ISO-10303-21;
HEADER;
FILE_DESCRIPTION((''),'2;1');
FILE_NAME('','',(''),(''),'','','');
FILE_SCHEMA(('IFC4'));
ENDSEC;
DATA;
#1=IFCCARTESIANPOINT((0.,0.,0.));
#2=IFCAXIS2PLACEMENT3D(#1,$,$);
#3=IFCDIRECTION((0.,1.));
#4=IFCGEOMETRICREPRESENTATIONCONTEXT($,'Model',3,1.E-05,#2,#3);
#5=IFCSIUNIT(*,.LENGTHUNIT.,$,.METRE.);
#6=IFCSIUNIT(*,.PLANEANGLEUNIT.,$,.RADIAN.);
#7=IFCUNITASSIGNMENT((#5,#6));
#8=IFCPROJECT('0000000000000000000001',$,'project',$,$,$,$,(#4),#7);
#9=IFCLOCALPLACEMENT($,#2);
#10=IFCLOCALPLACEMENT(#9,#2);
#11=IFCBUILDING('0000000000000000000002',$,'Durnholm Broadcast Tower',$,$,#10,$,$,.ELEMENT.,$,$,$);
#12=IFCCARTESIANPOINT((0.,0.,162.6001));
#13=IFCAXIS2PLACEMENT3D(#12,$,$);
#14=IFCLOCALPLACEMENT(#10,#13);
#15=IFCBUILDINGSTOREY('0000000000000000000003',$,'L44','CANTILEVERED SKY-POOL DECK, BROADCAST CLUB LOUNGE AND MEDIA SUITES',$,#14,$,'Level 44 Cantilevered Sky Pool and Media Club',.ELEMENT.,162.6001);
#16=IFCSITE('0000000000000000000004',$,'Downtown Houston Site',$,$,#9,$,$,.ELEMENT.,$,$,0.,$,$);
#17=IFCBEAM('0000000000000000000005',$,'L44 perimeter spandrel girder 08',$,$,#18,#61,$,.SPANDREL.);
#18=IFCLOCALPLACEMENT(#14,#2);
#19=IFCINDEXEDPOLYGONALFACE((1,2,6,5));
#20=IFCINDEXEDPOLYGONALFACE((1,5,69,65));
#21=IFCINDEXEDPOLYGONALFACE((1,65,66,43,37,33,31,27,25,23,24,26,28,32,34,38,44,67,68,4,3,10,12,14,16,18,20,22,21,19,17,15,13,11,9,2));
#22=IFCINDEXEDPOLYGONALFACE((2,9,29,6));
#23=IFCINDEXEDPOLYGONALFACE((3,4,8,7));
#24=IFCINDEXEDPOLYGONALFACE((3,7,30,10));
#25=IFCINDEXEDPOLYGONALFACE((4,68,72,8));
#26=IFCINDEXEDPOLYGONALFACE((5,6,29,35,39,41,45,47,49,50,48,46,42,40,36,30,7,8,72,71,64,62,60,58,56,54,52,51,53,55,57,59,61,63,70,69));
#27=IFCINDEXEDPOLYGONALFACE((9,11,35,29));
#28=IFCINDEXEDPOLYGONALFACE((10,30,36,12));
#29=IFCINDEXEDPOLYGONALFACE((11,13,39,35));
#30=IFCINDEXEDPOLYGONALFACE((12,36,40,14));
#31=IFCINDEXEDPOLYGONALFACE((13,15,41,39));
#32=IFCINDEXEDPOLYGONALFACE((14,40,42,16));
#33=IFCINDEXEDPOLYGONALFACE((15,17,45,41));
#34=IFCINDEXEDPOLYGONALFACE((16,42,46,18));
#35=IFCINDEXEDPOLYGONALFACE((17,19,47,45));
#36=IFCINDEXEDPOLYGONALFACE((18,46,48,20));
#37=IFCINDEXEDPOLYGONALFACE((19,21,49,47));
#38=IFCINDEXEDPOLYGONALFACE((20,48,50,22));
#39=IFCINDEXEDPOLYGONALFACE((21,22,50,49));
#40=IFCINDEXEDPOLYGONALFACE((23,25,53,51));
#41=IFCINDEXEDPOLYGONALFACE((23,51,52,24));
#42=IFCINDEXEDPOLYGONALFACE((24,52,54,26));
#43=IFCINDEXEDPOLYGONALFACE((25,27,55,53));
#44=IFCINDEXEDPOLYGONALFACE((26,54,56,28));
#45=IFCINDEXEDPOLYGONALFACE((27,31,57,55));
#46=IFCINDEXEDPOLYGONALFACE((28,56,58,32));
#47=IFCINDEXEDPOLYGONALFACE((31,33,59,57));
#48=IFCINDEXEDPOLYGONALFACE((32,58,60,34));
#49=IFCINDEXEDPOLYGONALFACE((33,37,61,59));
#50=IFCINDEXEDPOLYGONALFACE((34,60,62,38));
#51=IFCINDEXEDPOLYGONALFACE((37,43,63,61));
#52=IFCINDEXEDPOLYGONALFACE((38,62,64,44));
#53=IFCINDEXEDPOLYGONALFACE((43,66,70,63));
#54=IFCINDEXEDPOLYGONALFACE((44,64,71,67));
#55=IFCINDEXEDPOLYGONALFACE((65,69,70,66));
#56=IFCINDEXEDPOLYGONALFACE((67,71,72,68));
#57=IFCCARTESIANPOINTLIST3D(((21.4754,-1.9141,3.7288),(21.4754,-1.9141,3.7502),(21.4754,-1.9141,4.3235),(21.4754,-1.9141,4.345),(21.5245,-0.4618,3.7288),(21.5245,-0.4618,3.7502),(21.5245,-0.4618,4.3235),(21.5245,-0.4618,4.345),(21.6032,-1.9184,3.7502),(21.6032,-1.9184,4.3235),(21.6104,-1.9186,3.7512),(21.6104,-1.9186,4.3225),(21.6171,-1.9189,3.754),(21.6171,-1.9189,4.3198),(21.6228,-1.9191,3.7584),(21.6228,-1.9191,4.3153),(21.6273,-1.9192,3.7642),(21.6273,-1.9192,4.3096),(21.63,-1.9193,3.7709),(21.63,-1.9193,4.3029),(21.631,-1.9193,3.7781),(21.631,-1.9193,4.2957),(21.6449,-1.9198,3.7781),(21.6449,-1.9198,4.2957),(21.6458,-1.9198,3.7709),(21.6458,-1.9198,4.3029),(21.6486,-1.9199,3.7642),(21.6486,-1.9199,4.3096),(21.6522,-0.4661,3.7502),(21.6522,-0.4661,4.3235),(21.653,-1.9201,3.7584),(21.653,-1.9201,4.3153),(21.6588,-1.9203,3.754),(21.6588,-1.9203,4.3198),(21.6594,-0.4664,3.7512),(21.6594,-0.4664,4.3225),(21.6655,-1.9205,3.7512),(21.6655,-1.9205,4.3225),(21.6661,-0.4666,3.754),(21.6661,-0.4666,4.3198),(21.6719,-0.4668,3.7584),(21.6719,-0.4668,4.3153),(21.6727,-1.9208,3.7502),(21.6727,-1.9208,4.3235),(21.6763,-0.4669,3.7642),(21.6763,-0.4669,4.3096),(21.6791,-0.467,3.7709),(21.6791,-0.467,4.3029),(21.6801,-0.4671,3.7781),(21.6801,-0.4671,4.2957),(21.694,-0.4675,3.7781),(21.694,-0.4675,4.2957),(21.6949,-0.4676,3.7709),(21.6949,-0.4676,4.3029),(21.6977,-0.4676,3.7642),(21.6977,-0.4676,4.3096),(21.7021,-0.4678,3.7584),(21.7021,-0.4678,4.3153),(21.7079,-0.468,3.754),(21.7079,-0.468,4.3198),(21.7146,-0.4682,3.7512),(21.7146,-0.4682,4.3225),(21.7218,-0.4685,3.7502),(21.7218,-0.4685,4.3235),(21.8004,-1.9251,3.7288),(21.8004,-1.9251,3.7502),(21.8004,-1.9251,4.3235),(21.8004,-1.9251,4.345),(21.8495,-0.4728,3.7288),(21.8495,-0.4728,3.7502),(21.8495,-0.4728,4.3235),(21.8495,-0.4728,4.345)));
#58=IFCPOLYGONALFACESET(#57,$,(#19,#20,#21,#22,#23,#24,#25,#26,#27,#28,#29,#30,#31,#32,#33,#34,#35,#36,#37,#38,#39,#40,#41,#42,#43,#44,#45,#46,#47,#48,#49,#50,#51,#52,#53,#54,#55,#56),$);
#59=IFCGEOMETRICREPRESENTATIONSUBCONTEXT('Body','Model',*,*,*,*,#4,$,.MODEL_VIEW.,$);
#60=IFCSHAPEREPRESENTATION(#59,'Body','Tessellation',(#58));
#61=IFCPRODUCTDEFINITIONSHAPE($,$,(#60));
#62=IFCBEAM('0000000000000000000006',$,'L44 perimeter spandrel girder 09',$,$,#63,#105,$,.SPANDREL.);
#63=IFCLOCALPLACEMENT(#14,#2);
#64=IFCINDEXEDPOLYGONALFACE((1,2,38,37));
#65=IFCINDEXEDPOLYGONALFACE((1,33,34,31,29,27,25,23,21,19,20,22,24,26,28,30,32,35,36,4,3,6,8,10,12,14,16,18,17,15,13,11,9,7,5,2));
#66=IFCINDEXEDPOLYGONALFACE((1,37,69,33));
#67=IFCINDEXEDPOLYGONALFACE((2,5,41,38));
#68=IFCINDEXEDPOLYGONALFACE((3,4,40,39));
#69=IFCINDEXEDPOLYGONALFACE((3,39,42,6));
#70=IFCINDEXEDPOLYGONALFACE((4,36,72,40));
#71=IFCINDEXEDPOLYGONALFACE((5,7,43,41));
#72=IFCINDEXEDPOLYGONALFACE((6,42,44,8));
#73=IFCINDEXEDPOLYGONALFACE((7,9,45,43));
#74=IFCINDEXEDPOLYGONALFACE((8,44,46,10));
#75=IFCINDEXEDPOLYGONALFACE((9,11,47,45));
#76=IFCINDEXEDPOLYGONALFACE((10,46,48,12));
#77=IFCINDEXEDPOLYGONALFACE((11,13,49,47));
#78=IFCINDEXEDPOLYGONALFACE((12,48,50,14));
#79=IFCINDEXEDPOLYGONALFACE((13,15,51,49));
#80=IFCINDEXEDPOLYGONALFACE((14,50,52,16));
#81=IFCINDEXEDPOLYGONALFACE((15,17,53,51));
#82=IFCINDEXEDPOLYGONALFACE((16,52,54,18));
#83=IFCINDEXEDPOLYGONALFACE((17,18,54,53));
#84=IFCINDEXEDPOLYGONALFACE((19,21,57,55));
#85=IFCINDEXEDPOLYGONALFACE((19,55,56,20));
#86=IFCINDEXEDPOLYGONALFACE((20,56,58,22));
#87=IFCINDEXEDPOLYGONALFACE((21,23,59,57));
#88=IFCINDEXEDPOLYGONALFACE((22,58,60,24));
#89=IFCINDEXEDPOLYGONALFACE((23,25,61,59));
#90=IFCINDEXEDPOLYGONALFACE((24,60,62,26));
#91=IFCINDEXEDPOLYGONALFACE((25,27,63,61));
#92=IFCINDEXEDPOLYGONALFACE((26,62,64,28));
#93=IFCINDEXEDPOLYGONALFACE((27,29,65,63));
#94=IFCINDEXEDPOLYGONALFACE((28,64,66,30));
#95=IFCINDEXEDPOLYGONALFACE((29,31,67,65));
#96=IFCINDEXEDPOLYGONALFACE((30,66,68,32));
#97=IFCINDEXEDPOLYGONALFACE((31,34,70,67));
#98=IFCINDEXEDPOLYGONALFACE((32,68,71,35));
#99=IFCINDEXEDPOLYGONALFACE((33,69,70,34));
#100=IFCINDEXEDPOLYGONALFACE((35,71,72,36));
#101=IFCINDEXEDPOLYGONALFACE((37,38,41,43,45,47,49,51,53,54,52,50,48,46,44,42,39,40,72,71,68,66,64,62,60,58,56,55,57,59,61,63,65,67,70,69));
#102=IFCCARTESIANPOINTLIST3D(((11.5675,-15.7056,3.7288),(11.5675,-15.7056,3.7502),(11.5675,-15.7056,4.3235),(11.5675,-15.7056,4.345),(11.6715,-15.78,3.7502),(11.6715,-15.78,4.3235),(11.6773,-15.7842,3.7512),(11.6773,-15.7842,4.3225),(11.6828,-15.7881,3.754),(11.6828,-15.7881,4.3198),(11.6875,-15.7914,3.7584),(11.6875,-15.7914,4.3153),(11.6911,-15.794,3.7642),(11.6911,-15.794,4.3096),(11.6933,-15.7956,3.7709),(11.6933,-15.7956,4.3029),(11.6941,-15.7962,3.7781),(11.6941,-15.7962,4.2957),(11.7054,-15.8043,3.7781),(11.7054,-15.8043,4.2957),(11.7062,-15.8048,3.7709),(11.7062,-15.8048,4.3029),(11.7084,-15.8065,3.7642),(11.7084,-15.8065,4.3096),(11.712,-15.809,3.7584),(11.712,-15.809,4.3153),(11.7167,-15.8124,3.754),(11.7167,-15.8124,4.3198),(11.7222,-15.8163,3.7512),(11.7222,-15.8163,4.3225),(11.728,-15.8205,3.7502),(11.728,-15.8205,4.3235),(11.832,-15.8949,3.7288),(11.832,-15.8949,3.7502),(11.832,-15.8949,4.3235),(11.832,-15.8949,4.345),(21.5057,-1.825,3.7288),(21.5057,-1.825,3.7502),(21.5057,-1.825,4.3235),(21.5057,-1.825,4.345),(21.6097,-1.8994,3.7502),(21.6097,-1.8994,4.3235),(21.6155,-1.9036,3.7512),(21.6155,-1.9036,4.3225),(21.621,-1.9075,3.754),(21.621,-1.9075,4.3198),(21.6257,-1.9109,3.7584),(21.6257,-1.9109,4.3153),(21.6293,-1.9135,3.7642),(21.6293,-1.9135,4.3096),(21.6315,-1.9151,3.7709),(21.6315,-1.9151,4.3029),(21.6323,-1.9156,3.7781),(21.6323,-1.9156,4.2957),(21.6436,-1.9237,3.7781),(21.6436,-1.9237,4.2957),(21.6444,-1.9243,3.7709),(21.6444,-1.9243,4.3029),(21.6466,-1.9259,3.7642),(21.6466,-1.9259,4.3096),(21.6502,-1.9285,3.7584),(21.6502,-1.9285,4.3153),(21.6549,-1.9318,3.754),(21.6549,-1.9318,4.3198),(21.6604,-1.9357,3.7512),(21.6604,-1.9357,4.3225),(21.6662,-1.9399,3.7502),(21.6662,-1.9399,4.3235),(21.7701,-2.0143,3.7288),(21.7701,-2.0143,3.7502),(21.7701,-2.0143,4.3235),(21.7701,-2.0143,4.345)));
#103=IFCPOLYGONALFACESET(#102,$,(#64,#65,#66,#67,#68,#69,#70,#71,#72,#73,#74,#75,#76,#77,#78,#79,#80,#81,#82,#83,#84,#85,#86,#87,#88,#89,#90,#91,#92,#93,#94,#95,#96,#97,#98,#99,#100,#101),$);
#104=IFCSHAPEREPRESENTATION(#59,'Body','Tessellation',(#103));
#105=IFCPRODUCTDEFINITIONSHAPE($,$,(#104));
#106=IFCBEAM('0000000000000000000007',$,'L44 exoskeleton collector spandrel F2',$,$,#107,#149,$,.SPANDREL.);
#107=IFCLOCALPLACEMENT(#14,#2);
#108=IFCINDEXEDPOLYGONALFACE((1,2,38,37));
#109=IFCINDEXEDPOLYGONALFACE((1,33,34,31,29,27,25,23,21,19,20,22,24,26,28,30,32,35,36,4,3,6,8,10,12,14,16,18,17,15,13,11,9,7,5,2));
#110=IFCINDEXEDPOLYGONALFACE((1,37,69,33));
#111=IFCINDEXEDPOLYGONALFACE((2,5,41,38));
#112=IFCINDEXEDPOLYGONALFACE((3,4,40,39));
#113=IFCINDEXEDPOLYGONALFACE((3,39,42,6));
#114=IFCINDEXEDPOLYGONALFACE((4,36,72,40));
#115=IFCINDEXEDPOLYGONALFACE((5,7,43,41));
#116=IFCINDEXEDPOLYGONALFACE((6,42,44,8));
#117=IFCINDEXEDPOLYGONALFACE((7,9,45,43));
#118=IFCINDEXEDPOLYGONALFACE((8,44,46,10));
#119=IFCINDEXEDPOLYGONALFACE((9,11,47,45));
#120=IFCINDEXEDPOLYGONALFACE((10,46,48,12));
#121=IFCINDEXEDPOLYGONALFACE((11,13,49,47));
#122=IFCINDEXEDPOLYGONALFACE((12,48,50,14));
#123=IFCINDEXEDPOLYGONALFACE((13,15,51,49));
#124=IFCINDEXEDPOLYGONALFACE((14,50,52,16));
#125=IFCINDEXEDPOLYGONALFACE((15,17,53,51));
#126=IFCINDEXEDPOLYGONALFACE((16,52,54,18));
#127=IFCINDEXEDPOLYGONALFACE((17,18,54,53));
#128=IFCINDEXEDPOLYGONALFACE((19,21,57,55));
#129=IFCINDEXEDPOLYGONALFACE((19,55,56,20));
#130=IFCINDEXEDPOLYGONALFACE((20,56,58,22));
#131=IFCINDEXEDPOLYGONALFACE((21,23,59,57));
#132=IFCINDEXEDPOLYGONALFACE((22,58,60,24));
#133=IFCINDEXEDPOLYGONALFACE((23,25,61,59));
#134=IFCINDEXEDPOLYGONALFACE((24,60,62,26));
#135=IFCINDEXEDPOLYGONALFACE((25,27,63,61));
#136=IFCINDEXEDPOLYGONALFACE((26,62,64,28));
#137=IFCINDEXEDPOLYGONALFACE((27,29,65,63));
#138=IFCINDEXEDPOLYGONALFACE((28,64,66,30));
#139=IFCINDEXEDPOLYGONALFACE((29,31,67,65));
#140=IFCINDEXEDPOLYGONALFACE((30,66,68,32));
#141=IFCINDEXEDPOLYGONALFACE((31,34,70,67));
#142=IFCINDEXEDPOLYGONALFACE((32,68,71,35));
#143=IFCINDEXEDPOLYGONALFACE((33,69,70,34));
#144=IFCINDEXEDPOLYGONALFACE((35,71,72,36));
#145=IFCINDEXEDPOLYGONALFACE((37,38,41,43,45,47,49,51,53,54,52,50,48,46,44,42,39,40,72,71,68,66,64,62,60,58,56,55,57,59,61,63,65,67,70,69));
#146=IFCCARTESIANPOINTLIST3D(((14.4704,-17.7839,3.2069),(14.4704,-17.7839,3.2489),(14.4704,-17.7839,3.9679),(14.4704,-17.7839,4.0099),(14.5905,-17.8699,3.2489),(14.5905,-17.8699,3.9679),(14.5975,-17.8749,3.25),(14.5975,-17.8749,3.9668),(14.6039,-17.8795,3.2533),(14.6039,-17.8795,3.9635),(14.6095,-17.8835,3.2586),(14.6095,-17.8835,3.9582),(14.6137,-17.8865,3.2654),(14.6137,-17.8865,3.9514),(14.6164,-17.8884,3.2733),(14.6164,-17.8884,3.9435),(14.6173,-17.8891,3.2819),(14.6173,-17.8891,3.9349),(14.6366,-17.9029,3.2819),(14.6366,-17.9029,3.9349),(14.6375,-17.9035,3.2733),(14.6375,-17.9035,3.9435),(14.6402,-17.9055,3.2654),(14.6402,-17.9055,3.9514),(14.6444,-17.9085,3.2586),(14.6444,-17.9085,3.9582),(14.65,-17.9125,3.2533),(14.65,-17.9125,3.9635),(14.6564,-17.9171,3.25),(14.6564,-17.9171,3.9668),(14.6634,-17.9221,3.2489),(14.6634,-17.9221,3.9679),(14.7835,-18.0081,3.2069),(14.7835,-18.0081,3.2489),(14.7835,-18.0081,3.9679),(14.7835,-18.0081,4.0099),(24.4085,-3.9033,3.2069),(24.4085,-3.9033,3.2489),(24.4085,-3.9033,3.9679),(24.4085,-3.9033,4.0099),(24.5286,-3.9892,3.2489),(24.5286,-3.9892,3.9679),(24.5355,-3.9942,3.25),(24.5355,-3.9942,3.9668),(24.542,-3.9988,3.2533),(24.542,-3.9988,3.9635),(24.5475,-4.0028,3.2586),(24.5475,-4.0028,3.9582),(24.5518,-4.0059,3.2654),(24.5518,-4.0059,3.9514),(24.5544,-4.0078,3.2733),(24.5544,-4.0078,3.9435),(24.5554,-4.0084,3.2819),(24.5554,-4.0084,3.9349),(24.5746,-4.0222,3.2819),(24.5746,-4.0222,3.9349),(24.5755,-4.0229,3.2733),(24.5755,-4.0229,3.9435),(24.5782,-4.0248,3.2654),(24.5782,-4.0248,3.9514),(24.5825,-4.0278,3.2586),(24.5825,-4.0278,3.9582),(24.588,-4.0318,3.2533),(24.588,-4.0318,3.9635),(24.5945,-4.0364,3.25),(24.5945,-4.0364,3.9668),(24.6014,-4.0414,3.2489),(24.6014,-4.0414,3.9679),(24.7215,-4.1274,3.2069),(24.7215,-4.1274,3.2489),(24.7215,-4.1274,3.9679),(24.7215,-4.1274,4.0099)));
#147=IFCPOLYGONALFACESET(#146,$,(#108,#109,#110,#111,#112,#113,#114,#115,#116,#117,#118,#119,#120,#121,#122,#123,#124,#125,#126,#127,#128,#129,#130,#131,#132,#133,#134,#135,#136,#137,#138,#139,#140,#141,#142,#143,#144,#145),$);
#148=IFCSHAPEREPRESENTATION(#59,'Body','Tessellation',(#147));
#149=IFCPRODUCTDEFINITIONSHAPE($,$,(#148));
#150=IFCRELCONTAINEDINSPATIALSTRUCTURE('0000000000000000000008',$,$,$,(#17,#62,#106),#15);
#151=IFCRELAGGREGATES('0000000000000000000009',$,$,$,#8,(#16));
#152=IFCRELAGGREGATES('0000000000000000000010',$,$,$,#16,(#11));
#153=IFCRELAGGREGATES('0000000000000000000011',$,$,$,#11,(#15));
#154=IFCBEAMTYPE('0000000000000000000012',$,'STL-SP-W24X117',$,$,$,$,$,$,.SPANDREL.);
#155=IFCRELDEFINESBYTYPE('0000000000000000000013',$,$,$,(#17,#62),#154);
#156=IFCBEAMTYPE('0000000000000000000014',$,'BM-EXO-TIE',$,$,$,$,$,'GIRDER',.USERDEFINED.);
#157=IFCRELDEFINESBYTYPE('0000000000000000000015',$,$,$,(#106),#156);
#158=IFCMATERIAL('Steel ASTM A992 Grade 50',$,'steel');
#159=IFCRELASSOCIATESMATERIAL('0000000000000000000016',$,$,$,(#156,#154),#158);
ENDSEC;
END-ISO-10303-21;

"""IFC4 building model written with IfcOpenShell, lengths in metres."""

from ifc_helpers import new_model, si_unit, direction, frame, origin, origin_2d, place, context, subcontext, project, spatial, i_section, extrude, source, transform, mapped, material, material_profile, profile_set, type_object, type_shapes, element, save


model = new_model("IFC4")

# Units and contexts
model_context = context("Model", 3, precision=1e-05, world=origin(), true_north=direction((0.0, 1.0)))
body_context = subcontext(model_context, "Body", "Model", "MODEL_VIEW")
ifc_project = project(units=[si_unit("LENGTHUNIT", "METRE"), si_unit("PLANEANGLEUNIT", "RADIAN")], contexts=[model_context])

# Site, building, storey
site_placement = place(None, origin())
site = spatial("IfcSite", under=ifc_project, at=site_placement, Name="Downtown Houston Site", CompositionType="ELEMENT", RefElevation=0.0)
building_placement = place(site_placement, origin())
building = spatial("IfcBuilding", under=site, at=building_placement, Name="Durnholm Broadcast Tower", CompositionType="ELEMENT")
storey_placement = place(building_placement, frame((0.0, 0.0, 162.6001)))
storey = spatial("IfcBuildingStorey", under=building, at=storey_placement, Name="L44", Description="CANTILEVERED SKY-POOL DECK, BROADCAST CLUB LOUNGE AND MEDIA SUITES", LongName="Level 44 Cantilevered Sky Pool and Media Club", CompositionType="ELEMENT", Elevation=162.6001)

# Beams
ifc_material_1 = material(Name="Steel ASTM A992 Grade 50", Category="steel")
ifc_material_profile_1 = material_profile(ifc_material_1, i_section(OverallWidth=0.385, OverallDepth=0.803, WebThickness=0.0237, FlangeThickness=0.042, FilletRadius=0.033, at=origin_2d()), Name="W30X261")
ifc_profile_set_1 = profile_set([ifc_material_profile_1], Name="Steel ASTM A992 Grade 50")
beam_type_1 = type_object("IfcBeamType", Name="BM-EXO-TIE", ElementType="GIRDER", PredefinedType="USERDEFINED", material=ifc_profile_set_1)
ifc_material_profile_2 = material_profile(ifc_material_1, i_section(OverallWidth=0.3252, OverallDepth=0.6162, WebThickness=0.0139, FlangeThickness=0.0215, FilletRadius=0.0278, at=origin_2d()), Name="W24X117")
ifc_profile_set_2 = profile_set([ifc_material_profile_2], Name="Steel ASTM A992 Grade 50")
beam_type_2 = type_object("IfcBeamType", Name="STL-SP-W24X117", PredefinedType="SPANDREL", material=ifc_profile_set_2)
shared_shape_1 = source(origin(), body_context, "Body", "SweptSolid", [
    extrude(i_section(OverallWidth=0.3252, OverallDepth=0.6162, WebThickness=0.0139, FlangeThickness=0.0215, FilletRadius=0.0278, at=origin_2d()), origin(), (0.0, 0.0, 1.0), 1.4531),
])
beam_1_placement = place(storey_placement, frame((21.687, -0.4673, 4.0369), z_axis=(-0.033768, -0.99943, 0.0), x_axis=(0.99943, -0.033768, 0.0)))
element("IfcBeam", 1, at=beam_1_placement, inside=storey, type_object=beam_type_2, Name="L44 perimeter spandrel girder 08", PredefinedType="SPANDREL", context=body_context, shape_type="MappedRepresentation", body=[
    mapped(shared_shape_1, transform((0.0, 0.0, 0.0), x_axis=(1.0, 0.0, 0.0), y_axis=(0.0, 1.0, 0.0), z_axis=(0.0, 0.0, 1.0), scale=1.0)),
])
shared_shape_2 = source(origin(), body_context, "Body", "SweptSolid", [
    extrude(i_section(OverallWidth=0.3252, OverallDepth=0.6162, WebThickness=0.0139, FlangeThickness=0.0215, FilletRadius=0.0278, at=origin_2d()), origin(), (0.0, 0.0, 1.0), 17.0715),
])
type_shapes(beam_type_2, [shared_shape_1, shared_shape_2])
beam_2_placement = place(storey_placement, frame((21.6379, -1.9197, 4.0369), z_axis=(-0.58215, -0.813082, 0.0), x_axis=(0.813082, -0.58215, 0.0)))
element("IfcBeam", 2, at=beam_2_placement, inside=storey, type_object=beam_type_2, Name="L44 perimeter spandrel girder 09", PredefinedType="SPANDREL", context=body_context, shape_type="MappedRepresentation", body=[
    mapped(shared_shape_2, transform((0.0, 0.0, 0.0), x_axis=(1.0, 0.0, 0.0), y_axis=(0.0, 1.0, 0.0), z_axis=(0.0, 0.0, 1.0), scale=1.0)),
])
shared_shape_3 = source(origin(), body_context, "Body", "SweptSolid", [
    extrude(i_section(OverallWidth=0.385, OverallDepth=0.803, WebThickness=0.0237, FlangeThickness=0.042, FilletRadius=0.033, at=origin_2d()), origin(), (0.0, 0.0, 1.0), 17.0715),
])
beam_3_placement = place(storey_placement, frame((14.627, -17.896, 3.6084), z_axis=(0.58214, 0.813088, 0.0), x_axis=(-0.813088, 0.58214, 0.0)))
element("IfcBeam", 3, at=beam_3_placement, inside=storey, type_object=beam_type_1, Name="L44 exoskeleton collector spandrel F2", PredefinedType="SPANDREL", context=body_context, shape_type="MappedRepresentation", body=[
    mapped(shared_shape_3, transform((0.0, 0.0, 0.0), x_axis=(1.0, 0.0, 0.0), y_axis=(0.0, 1.0, 0.0), z_axis=(0.0, 0.0, 1.0), scale=1.0)),
])

save(model, "model.ifc")
